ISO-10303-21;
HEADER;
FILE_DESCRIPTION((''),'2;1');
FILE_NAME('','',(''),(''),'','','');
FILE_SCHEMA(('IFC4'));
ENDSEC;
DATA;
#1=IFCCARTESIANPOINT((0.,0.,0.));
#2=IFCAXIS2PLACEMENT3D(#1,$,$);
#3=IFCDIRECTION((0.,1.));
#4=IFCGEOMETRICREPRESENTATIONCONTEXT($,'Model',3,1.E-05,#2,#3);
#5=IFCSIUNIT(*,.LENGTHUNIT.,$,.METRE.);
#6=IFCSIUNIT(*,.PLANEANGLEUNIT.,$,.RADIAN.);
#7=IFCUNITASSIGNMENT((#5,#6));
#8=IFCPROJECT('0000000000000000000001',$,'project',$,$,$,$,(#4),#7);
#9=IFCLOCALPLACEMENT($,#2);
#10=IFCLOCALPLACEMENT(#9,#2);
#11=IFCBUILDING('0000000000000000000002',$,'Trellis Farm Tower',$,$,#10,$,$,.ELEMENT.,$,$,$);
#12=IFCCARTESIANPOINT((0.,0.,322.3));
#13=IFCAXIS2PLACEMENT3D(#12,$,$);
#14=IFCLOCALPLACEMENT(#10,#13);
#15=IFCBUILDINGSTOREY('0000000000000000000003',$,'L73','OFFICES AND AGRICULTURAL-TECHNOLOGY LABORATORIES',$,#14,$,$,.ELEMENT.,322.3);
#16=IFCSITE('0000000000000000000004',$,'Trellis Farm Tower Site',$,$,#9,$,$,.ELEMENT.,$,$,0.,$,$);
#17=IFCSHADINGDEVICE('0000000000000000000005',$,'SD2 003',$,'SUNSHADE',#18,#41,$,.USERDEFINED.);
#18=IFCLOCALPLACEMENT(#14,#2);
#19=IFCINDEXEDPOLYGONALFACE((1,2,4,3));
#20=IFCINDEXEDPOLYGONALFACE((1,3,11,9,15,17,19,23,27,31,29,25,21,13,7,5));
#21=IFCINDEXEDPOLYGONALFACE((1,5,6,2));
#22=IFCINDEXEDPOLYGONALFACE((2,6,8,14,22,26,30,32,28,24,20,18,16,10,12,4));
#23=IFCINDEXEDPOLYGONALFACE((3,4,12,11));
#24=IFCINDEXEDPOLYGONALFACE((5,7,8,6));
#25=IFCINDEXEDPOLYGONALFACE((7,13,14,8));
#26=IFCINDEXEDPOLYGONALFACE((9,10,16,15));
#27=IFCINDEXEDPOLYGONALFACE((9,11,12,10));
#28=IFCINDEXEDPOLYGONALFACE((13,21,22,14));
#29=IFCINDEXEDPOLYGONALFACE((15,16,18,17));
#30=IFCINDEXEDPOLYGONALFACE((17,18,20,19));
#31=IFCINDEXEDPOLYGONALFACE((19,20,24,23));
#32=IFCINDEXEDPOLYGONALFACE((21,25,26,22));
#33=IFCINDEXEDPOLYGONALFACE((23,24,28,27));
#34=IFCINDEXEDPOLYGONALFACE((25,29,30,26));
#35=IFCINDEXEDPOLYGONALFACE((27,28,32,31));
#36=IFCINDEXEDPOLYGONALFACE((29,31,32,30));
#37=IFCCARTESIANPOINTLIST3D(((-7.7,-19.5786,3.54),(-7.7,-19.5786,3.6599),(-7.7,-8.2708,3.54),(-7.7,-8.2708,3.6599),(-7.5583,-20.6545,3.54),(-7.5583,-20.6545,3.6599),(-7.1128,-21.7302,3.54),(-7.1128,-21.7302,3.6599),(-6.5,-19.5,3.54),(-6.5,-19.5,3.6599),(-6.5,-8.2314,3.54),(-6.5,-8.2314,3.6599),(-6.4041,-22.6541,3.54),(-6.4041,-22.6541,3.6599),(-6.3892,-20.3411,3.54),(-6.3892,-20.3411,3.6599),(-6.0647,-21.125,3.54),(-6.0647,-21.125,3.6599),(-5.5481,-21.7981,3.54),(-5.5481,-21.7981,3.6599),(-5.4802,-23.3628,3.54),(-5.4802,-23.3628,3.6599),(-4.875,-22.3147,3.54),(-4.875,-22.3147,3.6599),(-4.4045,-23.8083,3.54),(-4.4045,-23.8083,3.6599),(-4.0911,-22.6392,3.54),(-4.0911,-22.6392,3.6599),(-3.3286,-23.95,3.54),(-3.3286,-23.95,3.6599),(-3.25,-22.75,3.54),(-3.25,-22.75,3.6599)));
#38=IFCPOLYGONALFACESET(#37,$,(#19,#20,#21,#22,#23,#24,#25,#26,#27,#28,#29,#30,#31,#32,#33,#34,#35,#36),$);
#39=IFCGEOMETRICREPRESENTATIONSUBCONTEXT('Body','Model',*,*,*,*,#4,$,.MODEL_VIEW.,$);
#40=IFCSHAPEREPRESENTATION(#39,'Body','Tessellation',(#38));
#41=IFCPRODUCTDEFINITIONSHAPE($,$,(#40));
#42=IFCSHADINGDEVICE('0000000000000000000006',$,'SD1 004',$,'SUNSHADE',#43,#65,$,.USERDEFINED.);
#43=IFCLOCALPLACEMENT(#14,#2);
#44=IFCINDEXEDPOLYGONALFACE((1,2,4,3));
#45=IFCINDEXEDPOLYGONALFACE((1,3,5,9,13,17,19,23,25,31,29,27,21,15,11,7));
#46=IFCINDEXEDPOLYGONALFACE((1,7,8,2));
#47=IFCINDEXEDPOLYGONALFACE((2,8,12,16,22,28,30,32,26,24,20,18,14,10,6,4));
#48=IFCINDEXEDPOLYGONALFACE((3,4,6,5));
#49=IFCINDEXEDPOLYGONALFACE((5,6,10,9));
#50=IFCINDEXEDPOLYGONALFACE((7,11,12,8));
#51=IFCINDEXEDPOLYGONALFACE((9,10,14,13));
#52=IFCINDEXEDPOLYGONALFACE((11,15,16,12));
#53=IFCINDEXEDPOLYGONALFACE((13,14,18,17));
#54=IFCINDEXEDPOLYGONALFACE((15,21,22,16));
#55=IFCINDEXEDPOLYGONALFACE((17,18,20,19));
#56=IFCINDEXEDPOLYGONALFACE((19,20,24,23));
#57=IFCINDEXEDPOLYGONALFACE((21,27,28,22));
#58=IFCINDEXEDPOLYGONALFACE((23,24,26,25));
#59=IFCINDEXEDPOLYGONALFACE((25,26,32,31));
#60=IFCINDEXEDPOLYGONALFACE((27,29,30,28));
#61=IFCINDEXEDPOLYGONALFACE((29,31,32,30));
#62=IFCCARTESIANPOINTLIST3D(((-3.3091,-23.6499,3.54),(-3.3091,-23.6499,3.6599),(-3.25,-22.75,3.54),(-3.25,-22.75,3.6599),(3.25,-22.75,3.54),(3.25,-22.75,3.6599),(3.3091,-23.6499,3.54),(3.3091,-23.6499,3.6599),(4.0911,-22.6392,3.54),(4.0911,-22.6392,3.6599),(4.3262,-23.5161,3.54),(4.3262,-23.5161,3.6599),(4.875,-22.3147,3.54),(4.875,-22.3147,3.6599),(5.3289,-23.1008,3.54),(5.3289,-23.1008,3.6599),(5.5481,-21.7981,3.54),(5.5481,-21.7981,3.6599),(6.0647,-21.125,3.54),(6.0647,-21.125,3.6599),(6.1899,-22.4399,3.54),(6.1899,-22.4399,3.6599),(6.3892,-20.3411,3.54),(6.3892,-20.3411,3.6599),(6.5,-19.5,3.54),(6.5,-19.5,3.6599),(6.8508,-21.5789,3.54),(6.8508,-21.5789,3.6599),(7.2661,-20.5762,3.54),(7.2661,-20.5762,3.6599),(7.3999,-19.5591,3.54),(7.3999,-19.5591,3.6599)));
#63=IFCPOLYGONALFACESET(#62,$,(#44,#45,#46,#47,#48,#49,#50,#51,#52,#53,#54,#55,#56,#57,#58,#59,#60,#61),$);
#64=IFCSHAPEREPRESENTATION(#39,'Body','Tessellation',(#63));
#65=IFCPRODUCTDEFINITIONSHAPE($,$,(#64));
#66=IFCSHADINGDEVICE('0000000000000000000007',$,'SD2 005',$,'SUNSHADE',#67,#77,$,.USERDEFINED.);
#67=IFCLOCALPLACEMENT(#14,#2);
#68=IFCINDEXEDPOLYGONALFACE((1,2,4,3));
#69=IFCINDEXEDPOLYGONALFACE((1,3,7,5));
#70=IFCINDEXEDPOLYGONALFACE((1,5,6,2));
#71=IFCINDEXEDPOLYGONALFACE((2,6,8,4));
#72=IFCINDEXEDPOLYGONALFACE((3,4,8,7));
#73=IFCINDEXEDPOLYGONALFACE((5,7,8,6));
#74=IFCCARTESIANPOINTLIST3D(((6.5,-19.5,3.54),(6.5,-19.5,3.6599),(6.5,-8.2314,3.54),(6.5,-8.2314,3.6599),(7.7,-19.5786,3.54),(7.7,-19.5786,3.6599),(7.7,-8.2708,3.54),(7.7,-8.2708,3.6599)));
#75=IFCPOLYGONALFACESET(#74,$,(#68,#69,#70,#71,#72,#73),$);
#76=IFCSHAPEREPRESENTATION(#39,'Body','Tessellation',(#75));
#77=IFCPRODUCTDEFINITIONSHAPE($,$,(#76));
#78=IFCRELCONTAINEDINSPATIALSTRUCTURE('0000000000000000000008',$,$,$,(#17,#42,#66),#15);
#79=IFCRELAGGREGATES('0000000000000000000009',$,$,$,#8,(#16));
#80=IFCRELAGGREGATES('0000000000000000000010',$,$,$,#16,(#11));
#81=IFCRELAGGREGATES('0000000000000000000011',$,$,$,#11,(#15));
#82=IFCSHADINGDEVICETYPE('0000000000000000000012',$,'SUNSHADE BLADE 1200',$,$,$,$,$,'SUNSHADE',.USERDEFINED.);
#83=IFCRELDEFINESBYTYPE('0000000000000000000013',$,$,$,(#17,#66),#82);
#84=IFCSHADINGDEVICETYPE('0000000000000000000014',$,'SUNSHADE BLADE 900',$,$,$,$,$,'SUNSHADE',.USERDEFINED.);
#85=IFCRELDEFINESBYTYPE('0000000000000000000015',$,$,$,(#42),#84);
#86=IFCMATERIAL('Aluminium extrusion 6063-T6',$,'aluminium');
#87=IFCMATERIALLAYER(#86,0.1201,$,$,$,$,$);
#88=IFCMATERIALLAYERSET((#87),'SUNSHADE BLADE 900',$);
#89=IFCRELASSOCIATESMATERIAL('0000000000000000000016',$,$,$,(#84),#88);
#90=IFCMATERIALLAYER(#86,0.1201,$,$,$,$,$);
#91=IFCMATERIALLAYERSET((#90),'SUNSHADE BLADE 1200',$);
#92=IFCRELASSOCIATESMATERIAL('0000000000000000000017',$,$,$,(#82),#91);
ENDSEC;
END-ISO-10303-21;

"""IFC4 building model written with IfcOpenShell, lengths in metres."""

from ifc_helpers import new_model, si_unit, direction, frame, origin, place, context, subcontext, project, spatial, polyline, outline, extrude, source, transform, mapped, material, layer, layer_set, type_object, element, save


model = new_model("IFC4")

# Units and contexts
model_context = context("Model", 3, precision=1e-05, world=origin(), true_north=direction((0.0, 1.0)))
body_context = subcontext(model_context, "Body", "Model", "MODEL_VIEW")
ifc_project = project(units=[si_unit("LENGTHUNIT", "METRE"), si_unit("PLANEANGLEUNIT", "RADIAN")], contexts=[model_context])

# Site, building, storey
site_placement = place(None, origin())
site = spatial("IfcSite", under=ifc_project, at=site_placement, Name="Trellis Farm Tower Site", CompositionType="ELEMENT", RefElevation=0.0)
building_placement = place(site_placement, origin())
building = spatial("IfcBuilding", under=site, at=building_placement, Name="Trellis Farm Tower", CompositionType="ELEMENT")
storey_placement = place(building_placement, frame((0.0, 0.0, 322.3)))
storey = spatial("IfcBuildingStorey", under=building, at=storey_placement, Name="L73", Description="OFFICES AND AGRICULTURAL-TECHNOLOGY LABORATORIES", CompositionType="ELEMENT", Elevation=322.3)

# Shared definitions
ifc_material_1 = material(Name="Aluminium extrusion 6063-T6", Category="aluminium")

# Shading devices
ifc_layer_1 = layer(ifc_material_1, 0.1201)
ifc_layer_set_1 = layer_set([ifc_layer_1], Name="SUNSHADE BLADE 900")
shading_device_type_1 = type_object("IfcShadingDeviceType", Name="SUNSHADE BLADE 900", ElementType="SUNSHADE", PredefinedType="USERDEFINED", material=ifc_layer_set_1)
placement_1 = place(storey_placement, frame((0.0, 0.0, 3.54)))
ifc_layer_2 = layer(ifc_material_1, 0.1201)
ifc_layer_set_2 = layer_set([ifc_layer_2], Name="SUNSHADE BLADE 1200")
shading_device_type_2 = type_object("IfcShadingDeviceType", Name="SUNSHADE BLADE 1200", ElementType="SUNSHADE", PredefinedType="USERDEFINED", material=ifc_layer_set_2)
shared_shape_1 = source(origin(), body_context, "Body", "SweptSolid", [
    extrude(outline(polyline([(-7.7, -8.2708), (-7.7, -19.5786), (-7.5583, -20.6545), (-7.1128, -21.7302), (-6.4041, -22.6541), (-5.4802, -23.3628), (-4.4045, -23.8083), (-3.3286, -23.95), (-3.25, -22.75), (-4.0911, -22.6392), (-4.875, -22.3147), (-5.5481, -21.7981), (-6.0647, -21.125), (-6.3892, -20.3411), (-6.5, -19.5), (-6.5, -8.2314), (-7.7, -8.2708)])), origin(), (0.0, 0.0, 1.0), 0.1199),
])
element("IfcShadingDevice", 1, at=placement_1, inside=storey, type_object=shading_device_type_2, Name="SD2 003", ObjectType="SUNSHADE", PredefinedType="USERDEFINED", context=body_context, shape_type="MappedRepresentation", body=[
    mapped(shared_shape_1, transform((0.0, 0.0, 0.0))),
])
shared_shape_2 = source(origin(), body_context, "Body", "SweptSolid", [
    extrude(outline(polyline([(-3.3091, -23.6499), (3.3091, -23.6499), (4.3262, -23.5161), (5.3289, -23.1008), (6.1899, -22.4399), (6.8508, -21.5789), (7.2661, -20.5762), (7.3999, -19.5591), (6.5, -19.5), (6.3892, -20.3411), (6.0647, -21.125), (5.5481, -21.7981), (4.875, -22.3147), (4.0911, -22.6392), (3.25, -22.75), (-3.25, -22.75), (-3.3091, -23.6499)])), origin(), (0.0, 0.0, 1.0), 0.1199),
])
element("IfcShadingDevice", 2, at=placement_1, inside=storey, type_object=shading_device_type_1, Name="SD1 004", ObjectType="SUNSHADE", PredefinedType="USERDEFINED", context=body_context, shape_type="MappedRepresentation", body=[
    mapped(shared_shape_2, transform((0.0, 0.0, 0.0))),
])
shared_shape_3 = source(origin(), body_context, "Body", "SweptSolid", [
    extrude(outline(polyline([(7.7, -19.5786), (7.7, -8.2708), (6.5, -8.2314), (6.5, -19.5), (7.7, -19.5786)])), origin(), (0.0, 0.0, 1.0), 0.1199),
])
element("IfcShadingDevice", 3, at=placement_1, inside=storey, type_object=shading_device_type_2, Name="SD2 005", ObjectType="SUNSHADE", PredefinedType="USERDEFINED", context=body_context, shape_type="MappedRepresentation", body=[
    mapped(shared_shape_3, transform((0.0, 0.0, 0.0))),
])

save(model, "model.ifc")
